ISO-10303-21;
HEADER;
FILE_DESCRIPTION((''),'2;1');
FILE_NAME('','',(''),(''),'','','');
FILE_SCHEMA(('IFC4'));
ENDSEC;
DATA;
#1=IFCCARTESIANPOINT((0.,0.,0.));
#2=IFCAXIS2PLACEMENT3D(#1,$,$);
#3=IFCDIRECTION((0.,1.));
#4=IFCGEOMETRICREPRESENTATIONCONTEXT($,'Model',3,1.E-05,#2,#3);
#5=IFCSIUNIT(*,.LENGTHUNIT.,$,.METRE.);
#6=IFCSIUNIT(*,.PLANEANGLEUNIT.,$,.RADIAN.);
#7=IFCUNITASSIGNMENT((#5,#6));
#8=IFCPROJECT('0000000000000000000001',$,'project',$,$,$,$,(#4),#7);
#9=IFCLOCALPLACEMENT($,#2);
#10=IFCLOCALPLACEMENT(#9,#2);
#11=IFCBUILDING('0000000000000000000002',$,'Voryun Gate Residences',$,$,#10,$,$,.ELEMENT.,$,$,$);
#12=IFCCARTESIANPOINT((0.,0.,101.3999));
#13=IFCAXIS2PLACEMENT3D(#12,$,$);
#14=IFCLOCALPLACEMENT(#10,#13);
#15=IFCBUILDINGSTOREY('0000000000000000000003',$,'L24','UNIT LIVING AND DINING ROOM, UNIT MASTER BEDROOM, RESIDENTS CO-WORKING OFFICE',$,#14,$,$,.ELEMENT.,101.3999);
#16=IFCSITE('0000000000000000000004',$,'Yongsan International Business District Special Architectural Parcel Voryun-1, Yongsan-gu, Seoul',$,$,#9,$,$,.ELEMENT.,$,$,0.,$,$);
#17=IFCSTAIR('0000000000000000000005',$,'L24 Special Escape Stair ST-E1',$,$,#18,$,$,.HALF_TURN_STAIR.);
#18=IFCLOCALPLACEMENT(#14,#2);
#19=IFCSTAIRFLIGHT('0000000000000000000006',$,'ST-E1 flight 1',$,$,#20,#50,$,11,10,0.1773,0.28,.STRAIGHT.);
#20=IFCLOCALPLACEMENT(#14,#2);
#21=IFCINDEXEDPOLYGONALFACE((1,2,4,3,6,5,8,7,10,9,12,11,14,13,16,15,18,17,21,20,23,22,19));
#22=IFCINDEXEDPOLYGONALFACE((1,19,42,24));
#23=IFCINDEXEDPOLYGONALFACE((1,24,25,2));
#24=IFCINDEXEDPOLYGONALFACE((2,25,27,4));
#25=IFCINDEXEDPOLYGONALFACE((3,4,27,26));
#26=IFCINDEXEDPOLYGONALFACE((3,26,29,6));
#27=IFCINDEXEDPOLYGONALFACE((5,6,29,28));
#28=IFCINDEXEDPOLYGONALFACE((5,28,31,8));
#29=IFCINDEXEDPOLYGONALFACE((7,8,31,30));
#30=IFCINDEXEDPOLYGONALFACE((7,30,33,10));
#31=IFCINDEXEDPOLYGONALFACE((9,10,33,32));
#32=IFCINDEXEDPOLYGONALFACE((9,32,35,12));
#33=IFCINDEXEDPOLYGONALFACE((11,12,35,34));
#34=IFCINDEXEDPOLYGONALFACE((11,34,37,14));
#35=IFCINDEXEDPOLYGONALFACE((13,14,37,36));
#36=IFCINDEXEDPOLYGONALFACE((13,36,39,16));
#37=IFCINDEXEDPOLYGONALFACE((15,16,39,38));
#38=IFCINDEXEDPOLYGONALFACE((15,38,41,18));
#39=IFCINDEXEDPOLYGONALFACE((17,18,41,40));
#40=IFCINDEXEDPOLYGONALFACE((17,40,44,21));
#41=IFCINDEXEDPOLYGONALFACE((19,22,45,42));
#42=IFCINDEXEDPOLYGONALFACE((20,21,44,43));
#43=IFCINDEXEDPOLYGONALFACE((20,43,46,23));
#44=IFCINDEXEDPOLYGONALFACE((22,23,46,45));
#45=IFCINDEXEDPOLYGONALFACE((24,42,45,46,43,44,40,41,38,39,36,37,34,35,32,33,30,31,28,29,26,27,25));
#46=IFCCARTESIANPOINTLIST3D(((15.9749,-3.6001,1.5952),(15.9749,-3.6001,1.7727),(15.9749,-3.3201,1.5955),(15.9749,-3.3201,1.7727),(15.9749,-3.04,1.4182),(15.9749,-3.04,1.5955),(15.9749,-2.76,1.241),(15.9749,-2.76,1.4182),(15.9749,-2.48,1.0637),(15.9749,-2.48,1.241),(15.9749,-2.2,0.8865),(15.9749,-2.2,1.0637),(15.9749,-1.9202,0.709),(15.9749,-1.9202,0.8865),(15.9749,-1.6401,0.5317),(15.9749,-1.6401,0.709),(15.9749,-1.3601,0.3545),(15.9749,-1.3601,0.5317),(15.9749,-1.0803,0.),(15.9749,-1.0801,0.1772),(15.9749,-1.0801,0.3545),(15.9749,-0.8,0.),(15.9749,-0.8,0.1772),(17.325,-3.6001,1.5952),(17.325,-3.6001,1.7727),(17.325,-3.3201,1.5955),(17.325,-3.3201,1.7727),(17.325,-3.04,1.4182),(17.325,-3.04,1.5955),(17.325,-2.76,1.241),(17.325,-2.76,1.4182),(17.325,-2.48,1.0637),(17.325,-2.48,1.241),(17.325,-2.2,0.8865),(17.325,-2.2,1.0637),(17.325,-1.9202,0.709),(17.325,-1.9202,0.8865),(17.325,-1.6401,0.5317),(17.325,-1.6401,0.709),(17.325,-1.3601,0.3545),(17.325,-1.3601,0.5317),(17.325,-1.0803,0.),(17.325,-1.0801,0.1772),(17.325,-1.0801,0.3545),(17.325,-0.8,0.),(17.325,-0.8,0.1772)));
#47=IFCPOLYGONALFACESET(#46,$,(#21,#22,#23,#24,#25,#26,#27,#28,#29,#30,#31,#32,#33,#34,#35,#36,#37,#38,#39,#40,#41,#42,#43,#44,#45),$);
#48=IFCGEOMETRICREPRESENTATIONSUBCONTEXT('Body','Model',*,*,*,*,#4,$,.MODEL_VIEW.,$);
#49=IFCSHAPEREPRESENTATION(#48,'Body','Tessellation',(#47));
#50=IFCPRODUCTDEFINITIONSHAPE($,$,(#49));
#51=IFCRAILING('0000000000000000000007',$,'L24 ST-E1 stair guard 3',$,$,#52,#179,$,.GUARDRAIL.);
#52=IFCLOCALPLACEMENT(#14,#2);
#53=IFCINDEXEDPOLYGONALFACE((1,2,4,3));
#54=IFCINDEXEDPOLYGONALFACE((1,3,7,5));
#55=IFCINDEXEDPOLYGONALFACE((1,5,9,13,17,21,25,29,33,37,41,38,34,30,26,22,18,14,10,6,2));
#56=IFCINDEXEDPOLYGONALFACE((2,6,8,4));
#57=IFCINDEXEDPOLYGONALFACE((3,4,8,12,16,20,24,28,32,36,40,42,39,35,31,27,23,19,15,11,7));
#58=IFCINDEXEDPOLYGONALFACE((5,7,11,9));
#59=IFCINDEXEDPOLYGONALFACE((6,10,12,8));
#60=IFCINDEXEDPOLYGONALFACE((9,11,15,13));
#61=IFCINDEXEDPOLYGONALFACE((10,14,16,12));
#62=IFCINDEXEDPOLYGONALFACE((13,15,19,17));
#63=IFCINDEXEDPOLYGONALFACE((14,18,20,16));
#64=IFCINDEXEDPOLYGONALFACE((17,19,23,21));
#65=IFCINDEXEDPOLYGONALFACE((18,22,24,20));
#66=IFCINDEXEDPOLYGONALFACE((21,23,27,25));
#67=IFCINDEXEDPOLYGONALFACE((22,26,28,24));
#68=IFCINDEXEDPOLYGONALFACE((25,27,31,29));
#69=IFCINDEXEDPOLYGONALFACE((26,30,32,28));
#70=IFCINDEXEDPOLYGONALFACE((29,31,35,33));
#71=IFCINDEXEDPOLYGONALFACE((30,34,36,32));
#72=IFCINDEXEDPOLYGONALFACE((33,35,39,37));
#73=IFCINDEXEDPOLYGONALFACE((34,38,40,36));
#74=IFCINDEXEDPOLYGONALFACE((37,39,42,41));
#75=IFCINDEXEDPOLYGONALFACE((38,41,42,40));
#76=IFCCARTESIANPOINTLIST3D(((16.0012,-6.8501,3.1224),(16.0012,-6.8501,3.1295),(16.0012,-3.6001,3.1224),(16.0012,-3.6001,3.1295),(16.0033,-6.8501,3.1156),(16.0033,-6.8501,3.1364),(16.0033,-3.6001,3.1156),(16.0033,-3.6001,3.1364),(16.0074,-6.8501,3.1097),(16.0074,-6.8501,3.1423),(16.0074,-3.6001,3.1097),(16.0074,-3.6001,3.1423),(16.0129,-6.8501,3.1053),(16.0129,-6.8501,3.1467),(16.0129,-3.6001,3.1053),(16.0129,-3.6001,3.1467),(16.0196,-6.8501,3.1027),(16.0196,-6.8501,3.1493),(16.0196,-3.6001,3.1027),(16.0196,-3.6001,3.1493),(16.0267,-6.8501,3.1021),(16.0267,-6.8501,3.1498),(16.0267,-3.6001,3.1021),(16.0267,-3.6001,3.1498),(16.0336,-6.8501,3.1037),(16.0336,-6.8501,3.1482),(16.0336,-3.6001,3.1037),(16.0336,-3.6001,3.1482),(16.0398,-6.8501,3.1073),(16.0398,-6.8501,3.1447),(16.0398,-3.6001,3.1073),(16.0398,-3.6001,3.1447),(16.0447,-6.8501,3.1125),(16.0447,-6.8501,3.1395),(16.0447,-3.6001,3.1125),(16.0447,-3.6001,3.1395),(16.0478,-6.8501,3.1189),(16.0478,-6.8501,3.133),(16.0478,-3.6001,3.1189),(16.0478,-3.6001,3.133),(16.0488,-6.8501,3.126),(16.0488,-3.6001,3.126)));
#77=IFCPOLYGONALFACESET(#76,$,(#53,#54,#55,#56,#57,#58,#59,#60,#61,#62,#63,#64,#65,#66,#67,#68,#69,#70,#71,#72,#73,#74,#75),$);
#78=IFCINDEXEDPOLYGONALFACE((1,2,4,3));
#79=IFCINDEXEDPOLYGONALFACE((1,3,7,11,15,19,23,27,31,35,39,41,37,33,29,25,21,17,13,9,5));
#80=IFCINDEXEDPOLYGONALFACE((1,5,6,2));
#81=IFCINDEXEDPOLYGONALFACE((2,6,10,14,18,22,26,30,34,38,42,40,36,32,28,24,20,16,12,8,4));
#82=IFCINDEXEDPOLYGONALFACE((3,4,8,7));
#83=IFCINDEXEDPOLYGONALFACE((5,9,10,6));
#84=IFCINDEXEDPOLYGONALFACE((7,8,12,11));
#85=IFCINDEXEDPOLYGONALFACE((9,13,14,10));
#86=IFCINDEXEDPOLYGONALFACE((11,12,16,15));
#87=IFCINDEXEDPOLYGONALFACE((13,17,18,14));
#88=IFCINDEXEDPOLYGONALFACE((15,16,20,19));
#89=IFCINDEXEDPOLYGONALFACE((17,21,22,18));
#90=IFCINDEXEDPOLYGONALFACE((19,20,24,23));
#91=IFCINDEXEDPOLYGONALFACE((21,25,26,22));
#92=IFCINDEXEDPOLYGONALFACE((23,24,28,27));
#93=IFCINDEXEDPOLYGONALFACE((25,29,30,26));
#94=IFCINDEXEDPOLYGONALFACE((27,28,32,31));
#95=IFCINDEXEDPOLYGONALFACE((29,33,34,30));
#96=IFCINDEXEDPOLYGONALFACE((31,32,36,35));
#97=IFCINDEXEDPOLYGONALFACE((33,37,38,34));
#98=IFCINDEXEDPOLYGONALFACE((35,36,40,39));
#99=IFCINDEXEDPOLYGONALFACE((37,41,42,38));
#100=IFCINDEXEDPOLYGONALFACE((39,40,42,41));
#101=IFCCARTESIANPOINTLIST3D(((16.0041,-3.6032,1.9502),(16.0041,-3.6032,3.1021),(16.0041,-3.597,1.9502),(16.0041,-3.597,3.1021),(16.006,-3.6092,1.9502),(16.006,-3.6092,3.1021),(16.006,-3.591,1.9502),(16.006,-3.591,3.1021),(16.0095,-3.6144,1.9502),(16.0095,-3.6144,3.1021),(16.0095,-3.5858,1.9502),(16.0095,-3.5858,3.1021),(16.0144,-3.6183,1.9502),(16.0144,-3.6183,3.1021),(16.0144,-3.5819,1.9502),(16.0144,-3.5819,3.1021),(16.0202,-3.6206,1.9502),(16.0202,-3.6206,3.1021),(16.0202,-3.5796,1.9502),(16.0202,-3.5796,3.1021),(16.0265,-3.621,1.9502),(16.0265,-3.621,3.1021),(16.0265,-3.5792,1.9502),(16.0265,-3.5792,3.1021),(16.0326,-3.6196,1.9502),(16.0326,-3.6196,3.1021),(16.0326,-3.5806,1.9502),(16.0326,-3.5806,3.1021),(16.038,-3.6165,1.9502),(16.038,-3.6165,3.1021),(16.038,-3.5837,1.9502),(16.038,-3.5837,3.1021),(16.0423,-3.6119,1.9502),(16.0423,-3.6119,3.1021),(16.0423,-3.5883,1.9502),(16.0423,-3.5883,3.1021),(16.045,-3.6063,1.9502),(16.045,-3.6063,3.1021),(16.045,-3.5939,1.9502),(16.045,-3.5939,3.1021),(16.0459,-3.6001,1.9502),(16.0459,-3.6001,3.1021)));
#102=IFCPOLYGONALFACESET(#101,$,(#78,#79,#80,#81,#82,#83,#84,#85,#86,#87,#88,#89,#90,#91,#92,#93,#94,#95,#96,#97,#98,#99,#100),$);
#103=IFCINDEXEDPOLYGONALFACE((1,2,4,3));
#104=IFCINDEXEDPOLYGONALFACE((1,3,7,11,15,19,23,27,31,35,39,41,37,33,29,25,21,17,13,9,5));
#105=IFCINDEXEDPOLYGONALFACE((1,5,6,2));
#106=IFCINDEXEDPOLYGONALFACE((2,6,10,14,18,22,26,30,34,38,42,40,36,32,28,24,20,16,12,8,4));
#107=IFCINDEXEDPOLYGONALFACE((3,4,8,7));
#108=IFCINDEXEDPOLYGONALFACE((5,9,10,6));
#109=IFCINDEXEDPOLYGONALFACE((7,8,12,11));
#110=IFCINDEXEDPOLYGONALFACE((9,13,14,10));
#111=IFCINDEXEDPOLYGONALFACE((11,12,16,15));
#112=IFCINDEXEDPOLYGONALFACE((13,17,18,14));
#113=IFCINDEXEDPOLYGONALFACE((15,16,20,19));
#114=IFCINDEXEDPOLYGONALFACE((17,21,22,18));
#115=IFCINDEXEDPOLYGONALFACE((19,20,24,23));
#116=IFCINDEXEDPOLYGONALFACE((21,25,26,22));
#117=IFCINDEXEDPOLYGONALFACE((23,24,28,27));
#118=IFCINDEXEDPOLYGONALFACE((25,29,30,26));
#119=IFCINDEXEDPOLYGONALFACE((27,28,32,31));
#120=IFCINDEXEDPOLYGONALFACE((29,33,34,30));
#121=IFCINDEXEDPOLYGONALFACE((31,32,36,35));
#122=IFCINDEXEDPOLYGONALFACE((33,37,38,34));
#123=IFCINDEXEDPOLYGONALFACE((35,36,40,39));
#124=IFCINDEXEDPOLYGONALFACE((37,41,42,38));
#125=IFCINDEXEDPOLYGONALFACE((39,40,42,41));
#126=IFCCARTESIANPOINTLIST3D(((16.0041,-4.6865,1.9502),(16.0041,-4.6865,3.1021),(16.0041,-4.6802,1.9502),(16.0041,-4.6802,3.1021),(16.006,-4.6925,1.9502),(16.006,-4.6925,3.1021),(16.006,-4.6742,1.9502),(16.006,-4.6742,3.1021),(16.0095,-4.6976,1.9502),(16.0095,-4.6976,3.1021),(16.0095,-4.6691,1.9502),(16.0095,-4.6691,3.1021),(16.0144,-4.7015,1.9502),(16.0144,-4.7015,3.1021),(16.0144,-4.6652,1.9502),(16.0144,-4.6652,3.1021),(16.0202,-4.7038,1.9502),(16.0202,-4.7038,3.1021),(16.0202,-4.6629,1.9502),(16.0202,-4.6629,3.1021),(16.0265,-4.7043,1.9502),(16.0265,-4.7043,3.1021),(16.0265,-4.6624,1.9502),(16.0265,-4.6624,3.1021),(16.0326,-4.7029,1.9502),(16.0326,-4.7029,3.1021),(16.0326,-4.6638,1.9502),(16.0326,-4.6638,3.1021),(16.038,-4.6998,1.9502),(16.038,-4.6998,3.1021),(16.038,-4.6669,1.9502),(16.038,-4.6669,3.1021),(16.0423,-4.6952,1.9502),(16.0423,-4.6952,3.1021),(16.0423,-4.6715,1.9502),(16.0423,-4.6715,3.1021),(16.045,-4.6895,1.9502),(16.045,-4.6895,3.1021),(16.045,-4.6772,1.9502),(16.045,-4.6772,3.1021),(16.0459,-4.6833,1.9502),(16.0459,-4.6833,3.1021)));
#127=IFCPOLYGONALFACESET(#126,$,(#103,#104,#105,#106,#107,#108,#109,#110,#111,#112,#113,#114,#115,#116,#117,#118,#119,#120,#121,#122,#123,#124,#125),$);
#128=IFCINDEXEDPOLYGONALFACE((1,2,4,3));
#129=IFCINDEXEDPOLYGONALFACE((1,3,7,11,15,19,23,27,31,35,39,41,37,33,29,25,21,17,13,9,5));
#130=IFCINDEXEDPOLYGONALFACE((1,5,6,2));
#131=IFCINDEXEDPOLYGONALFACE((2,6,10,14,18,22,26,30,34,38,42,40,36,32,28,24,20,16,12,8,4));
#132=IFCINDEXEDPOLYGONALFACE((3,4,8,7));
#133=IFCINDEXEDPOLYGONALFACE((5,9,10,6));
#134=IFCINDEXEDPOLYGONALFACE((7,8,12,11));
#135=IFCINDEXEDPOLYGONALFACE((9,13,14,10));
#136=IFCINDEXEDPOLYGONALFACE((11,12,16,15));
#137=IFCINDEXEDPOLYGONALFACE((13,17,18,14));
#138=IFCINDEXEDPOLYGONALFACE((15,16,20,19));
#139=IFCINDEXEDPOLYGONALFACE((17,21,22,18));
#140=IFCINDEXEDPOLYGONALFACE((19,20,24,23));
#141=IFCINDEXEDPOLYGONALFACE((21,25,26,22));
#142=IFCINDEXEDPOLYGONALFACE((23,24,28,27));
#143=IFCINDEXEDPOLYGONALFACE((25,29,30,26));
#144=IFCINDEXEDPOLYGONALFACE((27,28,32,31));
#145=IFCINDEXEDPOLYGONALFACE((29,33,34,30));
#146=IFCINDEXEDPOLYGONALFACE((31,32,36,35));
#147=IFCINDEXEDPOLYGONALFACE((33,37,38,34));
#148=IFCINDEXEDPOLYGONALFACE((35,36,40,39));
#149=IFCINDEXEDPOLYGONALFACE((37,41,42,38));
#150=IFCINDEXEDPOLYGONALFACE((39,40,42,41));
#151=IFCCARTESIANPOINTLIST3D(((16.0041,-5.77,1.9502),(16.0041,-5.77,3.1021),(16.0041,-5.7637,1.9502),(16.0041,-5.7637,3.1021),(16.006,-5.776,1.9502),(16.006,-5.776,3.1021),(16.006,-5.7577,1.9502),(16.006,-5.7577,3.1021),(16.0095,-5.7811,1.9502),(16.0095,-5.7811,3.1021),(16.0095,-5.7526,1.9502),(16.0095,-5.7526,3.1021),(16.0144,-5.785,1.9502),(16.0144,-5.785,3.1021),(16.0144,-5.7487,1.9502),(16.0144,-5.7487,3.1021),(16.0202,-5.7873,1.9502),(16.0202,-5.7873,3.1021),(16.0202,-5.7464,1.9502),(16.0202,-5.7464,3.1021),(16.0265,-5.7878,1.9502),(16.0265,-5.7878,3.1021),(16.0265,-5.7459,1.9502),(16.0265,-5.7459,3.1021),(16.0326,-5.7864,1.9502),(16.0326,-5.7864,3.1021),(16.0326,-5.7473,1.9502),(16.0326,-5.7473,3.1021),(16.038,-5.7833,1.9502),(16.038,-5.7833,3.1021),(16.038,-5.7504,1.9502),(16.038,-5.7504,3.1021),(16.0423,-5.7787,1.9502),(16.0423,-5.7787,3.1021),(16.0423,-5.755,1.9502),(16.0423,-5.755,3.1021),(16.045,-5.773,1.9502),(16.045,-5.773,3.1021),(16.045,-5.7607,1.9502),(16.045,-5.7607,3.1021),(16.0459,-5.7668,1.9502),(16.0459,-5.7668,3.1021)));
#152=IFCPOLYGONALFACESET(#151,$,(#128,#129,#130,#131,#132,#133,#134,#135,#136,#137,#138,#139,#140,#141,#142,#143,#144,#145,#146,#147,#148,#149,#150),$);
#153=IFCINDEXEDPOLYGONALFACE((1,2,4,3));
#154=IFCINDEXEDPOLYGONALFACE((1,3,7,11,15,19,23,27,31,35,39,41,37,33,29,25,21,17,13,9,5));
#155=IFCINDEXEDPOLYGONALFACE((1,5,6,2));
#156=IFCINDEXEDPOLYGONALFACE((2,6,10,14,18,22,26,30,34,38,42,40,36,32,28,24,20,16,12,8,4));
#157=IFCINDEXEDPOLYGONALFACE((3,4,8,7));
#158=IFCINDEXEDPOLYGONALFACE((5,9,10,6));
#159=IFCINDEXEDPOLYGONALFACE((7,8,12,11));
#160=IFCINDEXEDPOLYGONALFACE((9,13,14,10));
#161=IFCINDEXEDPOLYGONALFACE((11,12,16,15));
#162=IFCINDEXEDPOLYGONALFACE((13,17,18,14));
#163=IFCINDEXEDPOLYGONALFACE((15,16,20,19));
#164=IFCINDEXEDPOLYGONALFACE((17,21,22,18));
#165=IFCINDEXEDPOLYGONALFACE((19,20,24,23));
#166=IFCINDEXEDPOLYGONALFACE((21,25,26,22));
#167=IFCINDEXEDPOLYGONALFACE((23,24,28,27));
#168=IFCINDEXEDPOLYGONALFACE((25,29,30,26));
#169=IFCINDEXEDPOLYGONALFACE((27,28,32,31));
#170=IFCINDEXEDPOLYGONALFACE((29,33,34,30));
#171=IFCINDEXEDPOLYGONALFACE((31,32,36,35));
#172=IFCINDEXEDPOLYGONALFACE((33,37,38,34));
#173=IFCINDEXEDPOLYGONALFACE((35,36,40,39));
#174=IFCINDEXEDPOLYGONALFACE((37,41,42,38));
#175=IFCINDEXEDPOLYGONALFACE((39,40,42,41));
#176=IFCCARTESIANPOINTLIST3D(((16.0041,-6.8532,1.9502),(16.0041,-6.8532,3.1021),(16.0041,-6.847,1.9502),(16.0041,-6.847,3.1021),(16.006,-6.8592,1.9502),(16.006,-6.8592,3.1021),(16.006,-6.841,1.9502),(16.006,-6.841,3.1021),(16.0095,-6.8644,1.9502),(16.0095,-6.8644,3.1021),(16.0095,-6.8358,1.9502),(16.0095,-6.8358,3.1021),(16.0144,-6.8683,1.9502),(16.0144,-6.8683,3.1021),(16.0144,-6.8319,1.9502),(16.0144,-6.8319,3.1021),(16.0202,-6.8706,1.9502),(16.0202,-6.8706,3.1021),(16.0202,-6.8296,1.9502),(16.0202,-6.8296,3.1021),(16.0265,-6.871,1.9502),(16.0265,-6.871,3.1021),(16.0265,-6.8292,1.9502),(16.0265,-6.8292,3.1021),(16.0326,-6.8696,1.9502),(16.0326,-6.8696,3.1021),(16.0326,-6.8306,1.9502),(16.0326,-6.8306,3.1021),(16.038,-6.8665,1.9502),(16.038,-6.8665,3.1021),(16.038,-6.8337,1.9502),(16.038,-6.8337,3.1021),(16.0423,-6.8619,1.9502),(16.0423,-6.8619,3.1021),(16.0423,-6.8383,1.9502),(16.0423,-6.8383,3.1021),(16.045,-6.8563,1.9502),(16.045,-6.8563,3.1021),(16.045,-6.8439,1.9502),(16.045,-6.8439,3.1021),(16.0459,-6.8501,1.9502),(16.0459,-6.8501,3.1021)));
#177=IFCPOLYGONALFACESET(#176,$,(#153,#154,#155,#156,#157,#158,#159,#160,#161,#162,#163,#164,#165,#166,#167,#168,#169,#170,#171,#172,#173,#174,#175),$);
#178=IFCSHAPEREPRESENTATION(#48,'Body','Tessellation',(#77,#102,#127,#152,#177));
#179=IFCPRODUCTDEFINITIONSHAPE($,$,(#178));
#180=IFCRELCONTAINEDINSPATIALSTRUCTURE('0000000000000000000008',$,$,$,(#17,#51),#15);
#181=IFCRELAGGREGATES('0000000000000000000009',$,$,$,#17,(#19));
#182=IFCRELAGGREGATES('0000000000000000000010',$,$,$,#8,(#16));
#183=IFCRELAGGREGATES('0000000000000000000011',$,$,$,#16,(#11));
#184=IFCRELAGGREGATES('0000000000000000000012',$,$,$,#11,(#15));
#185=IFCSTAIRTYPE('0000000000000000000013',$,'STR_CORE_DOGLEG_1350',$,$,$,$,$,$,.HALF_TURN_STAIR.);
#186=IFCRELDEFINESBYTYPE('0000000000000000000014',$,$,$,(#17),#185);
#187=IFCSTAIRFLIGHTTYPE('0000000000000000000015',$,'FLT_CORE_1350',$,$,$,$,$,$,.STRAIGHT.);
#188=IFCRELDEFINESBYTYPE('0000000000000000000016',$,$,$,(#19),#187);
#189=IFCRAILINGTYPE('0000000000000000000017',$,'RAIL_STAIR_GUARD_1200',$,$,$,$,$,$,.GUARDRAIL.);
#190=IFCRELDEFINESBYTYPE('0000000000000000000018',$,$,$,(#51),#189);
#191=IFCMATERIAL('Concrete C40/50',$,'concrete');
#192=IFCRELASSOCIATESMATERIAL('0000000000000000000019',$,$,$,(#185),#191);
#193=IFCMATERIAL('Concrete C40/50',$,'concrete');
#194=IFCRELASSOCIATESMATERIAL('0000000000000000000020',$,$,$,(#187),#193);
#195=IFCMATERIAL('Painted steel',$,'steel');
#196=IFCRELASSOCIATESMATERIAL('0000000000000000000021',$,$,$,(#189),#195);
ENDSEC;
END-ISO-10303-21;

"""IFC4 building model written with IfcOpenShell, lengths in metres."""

from ifc_helpers import new_model, si_unit, direction, frame, origin, origin_2d, place, context, subcontext, project, spatial, polyline, circle, outline, extrude, material, type_object, element, aggregate, save


model = new_model("IFC4")

# Units and contexts
model_context = context("Model", 3, precision=1e-05, world=origin(), true_north=direction((0.0, 1.0)))
body_context = subcontext(model_context, "Body", "Model", "MODEL_VIEW")
ifc_project = project(units=[si_unit("LENGTHUNIT", "METRE"), si_unit("PLANEANGLEUNIT", "RADIAN")], contexts=[model_context])

# Site, building, storey
site_placement = place(None, origin())
site = spatial("IfcSite", under=ifc_project, at=site_placement, Name="Yongsan International Business District Special Architectural Parcel Voryun-1, Yongsan-gu, Seoul", CompositionType="ELEMENT", RefElevation=0.0)
building_placement = place(site_placement, origin())
building = spatial("IfcBuilding", under=site, at=building_placement, Name="Voryun Gate Residences", CompositionType="ELEMENT")
storey_placement = place(building_placement, frame((0.0, 0.0, 101.3999)))
storey = spatial("IfcBuildingStorey", under=building, at=storey_placement, Name="L24", Description="UNIT LIVING AND DINING ROOM, UNIT MASTER BEDROOM, RESIDENTS CO-WORKING OFFICE", CompositionType="ELEMENT", Elevation=101.3999)

# Stair, stair flight
ifc_material_1 = material(Name="Concrete C40/50", Category="concrete")
stair_type = type_object("IfcStairType", Name="STR_CORE_DOGLEG_1350", PredefinedType="HALF_TURN_STAIR", material=ifc_material_1)
stair_placement = place(storey_placement, origin())
stair = element("IfcStair", 1, at=stair_placement, inside=storey, type_object=stair_type, Name="L24 Special Escape Stair ST-E1", PredefinedType="HALF_TURN_STAIR")
ifc_material_2 = material(Name="Concrete C40/50", Category="concrete")
stair_flight_type = type_object("IfcStairFlightType", Name="FLT_CORE_1350", PredefinedType="STRAIGHT", material=ifc_material_2)
stair_flight_placement = place(storey_placement, frame((16.6499, -0.8, 0.0), z_axis=(0.0, 0.0, 1.0), x_axis=(0.0, -1.0, 0.0)))
stair_flight = element("IfcStairFlight", 2, at=stair_flight_placement, type_object=stair_flight_type, Name="ST-E1 flight 1", NumberOfRisers=11, NumberOfTreads=10, PredefinedType="STRAIGHT", RiserHeight=0.1773, TreadLength=0.28, context=body_context, shape_type="SweptSolid", body=[
    extrude(outline(polyline([(0.0, 0.0), (0.0, 0.1772), (0.28, 0.1772), (0.28, 0.3545), (0.5601, 0.3545), (0.5601, 0.5317), (0.8401, 0.5317), (0.8401, 0.709), (1.1201, 0.709), (1.1201, 0.8865), (1.3999, 0.8865), (1.3999, 1.0637), (1.6799, 1.0637), (1.6799, 1.241), (1.96, 1.241), (1.96, 1.4182), (2.24, 1.4182), (2.24, 1.5955), (2.52, 1.5955), (2.52, 1.7727), (2.8, 1.7727), (2.8, 1.95), (2.8, 1.5952), (0.2803, 0.0), (0.0, 0.0)])), frame((0.0, 0.675, 0.0), z_axis=(0.0, -1.0, 0.0), x_axis=(1.0, 0.0, 0.0)), (0.0, 0.0, 1.0), 1.3501),
])
aggregate(stair, [stair_flight])

# Railing
ifc_material_3 = material(Name="Painted steel", Category="steel")
railing_type_1 = type_object("IfcRailingType", Name="RAIL_STAIR_GUARD_1200", PredefinedType="GUARDRAIL", material=ifc_material_3)
railing_1_placement = place(storey_placement, frame((16.0249, -3.6001, 1.9502)))
element("IfcRailing", 3, at=railing_1_placement, inside=storey, type_object=railing_type_1, Name="L24 ST-E1 stair guard 3", PredefinedType="GUARDRAIL", context=body_context, shape_type="SweptSolid", body=[
    extrude(circle(Radius=0.0239, at=origin_2d()), frame((0.0, 0.0, 1.1758), z_axis=(0.0, -1.0, 0.0), x_axis=(1.0, 0.0, 0.0)), (0.0, 0.0, 1.0), 3.25),
    extrude(circle(Radius=0.021, at=origin_2d()), origin(), (0.0, 0.0, 1.0), 1.1519),
    extrude(circle(Radius=0.021, at=origin_2d()), frame((0.0, -1.0833, 0.0)), (0.0, 0.0, 1.0), 1.1519),
    extrude(circle(Radius=0.021, at=origin_2d()), frame((0.0, -2.1667, 0.0)), (0.0, 0.0, 1.0), 1.1519),
    extrude(circle(Radius=0.021, at=origin_2d()), frame((0.0, -3.25, 0.0)), (0.0, 0.0, 1.0), 1.1519),
])

save(model, "model.ifc")
